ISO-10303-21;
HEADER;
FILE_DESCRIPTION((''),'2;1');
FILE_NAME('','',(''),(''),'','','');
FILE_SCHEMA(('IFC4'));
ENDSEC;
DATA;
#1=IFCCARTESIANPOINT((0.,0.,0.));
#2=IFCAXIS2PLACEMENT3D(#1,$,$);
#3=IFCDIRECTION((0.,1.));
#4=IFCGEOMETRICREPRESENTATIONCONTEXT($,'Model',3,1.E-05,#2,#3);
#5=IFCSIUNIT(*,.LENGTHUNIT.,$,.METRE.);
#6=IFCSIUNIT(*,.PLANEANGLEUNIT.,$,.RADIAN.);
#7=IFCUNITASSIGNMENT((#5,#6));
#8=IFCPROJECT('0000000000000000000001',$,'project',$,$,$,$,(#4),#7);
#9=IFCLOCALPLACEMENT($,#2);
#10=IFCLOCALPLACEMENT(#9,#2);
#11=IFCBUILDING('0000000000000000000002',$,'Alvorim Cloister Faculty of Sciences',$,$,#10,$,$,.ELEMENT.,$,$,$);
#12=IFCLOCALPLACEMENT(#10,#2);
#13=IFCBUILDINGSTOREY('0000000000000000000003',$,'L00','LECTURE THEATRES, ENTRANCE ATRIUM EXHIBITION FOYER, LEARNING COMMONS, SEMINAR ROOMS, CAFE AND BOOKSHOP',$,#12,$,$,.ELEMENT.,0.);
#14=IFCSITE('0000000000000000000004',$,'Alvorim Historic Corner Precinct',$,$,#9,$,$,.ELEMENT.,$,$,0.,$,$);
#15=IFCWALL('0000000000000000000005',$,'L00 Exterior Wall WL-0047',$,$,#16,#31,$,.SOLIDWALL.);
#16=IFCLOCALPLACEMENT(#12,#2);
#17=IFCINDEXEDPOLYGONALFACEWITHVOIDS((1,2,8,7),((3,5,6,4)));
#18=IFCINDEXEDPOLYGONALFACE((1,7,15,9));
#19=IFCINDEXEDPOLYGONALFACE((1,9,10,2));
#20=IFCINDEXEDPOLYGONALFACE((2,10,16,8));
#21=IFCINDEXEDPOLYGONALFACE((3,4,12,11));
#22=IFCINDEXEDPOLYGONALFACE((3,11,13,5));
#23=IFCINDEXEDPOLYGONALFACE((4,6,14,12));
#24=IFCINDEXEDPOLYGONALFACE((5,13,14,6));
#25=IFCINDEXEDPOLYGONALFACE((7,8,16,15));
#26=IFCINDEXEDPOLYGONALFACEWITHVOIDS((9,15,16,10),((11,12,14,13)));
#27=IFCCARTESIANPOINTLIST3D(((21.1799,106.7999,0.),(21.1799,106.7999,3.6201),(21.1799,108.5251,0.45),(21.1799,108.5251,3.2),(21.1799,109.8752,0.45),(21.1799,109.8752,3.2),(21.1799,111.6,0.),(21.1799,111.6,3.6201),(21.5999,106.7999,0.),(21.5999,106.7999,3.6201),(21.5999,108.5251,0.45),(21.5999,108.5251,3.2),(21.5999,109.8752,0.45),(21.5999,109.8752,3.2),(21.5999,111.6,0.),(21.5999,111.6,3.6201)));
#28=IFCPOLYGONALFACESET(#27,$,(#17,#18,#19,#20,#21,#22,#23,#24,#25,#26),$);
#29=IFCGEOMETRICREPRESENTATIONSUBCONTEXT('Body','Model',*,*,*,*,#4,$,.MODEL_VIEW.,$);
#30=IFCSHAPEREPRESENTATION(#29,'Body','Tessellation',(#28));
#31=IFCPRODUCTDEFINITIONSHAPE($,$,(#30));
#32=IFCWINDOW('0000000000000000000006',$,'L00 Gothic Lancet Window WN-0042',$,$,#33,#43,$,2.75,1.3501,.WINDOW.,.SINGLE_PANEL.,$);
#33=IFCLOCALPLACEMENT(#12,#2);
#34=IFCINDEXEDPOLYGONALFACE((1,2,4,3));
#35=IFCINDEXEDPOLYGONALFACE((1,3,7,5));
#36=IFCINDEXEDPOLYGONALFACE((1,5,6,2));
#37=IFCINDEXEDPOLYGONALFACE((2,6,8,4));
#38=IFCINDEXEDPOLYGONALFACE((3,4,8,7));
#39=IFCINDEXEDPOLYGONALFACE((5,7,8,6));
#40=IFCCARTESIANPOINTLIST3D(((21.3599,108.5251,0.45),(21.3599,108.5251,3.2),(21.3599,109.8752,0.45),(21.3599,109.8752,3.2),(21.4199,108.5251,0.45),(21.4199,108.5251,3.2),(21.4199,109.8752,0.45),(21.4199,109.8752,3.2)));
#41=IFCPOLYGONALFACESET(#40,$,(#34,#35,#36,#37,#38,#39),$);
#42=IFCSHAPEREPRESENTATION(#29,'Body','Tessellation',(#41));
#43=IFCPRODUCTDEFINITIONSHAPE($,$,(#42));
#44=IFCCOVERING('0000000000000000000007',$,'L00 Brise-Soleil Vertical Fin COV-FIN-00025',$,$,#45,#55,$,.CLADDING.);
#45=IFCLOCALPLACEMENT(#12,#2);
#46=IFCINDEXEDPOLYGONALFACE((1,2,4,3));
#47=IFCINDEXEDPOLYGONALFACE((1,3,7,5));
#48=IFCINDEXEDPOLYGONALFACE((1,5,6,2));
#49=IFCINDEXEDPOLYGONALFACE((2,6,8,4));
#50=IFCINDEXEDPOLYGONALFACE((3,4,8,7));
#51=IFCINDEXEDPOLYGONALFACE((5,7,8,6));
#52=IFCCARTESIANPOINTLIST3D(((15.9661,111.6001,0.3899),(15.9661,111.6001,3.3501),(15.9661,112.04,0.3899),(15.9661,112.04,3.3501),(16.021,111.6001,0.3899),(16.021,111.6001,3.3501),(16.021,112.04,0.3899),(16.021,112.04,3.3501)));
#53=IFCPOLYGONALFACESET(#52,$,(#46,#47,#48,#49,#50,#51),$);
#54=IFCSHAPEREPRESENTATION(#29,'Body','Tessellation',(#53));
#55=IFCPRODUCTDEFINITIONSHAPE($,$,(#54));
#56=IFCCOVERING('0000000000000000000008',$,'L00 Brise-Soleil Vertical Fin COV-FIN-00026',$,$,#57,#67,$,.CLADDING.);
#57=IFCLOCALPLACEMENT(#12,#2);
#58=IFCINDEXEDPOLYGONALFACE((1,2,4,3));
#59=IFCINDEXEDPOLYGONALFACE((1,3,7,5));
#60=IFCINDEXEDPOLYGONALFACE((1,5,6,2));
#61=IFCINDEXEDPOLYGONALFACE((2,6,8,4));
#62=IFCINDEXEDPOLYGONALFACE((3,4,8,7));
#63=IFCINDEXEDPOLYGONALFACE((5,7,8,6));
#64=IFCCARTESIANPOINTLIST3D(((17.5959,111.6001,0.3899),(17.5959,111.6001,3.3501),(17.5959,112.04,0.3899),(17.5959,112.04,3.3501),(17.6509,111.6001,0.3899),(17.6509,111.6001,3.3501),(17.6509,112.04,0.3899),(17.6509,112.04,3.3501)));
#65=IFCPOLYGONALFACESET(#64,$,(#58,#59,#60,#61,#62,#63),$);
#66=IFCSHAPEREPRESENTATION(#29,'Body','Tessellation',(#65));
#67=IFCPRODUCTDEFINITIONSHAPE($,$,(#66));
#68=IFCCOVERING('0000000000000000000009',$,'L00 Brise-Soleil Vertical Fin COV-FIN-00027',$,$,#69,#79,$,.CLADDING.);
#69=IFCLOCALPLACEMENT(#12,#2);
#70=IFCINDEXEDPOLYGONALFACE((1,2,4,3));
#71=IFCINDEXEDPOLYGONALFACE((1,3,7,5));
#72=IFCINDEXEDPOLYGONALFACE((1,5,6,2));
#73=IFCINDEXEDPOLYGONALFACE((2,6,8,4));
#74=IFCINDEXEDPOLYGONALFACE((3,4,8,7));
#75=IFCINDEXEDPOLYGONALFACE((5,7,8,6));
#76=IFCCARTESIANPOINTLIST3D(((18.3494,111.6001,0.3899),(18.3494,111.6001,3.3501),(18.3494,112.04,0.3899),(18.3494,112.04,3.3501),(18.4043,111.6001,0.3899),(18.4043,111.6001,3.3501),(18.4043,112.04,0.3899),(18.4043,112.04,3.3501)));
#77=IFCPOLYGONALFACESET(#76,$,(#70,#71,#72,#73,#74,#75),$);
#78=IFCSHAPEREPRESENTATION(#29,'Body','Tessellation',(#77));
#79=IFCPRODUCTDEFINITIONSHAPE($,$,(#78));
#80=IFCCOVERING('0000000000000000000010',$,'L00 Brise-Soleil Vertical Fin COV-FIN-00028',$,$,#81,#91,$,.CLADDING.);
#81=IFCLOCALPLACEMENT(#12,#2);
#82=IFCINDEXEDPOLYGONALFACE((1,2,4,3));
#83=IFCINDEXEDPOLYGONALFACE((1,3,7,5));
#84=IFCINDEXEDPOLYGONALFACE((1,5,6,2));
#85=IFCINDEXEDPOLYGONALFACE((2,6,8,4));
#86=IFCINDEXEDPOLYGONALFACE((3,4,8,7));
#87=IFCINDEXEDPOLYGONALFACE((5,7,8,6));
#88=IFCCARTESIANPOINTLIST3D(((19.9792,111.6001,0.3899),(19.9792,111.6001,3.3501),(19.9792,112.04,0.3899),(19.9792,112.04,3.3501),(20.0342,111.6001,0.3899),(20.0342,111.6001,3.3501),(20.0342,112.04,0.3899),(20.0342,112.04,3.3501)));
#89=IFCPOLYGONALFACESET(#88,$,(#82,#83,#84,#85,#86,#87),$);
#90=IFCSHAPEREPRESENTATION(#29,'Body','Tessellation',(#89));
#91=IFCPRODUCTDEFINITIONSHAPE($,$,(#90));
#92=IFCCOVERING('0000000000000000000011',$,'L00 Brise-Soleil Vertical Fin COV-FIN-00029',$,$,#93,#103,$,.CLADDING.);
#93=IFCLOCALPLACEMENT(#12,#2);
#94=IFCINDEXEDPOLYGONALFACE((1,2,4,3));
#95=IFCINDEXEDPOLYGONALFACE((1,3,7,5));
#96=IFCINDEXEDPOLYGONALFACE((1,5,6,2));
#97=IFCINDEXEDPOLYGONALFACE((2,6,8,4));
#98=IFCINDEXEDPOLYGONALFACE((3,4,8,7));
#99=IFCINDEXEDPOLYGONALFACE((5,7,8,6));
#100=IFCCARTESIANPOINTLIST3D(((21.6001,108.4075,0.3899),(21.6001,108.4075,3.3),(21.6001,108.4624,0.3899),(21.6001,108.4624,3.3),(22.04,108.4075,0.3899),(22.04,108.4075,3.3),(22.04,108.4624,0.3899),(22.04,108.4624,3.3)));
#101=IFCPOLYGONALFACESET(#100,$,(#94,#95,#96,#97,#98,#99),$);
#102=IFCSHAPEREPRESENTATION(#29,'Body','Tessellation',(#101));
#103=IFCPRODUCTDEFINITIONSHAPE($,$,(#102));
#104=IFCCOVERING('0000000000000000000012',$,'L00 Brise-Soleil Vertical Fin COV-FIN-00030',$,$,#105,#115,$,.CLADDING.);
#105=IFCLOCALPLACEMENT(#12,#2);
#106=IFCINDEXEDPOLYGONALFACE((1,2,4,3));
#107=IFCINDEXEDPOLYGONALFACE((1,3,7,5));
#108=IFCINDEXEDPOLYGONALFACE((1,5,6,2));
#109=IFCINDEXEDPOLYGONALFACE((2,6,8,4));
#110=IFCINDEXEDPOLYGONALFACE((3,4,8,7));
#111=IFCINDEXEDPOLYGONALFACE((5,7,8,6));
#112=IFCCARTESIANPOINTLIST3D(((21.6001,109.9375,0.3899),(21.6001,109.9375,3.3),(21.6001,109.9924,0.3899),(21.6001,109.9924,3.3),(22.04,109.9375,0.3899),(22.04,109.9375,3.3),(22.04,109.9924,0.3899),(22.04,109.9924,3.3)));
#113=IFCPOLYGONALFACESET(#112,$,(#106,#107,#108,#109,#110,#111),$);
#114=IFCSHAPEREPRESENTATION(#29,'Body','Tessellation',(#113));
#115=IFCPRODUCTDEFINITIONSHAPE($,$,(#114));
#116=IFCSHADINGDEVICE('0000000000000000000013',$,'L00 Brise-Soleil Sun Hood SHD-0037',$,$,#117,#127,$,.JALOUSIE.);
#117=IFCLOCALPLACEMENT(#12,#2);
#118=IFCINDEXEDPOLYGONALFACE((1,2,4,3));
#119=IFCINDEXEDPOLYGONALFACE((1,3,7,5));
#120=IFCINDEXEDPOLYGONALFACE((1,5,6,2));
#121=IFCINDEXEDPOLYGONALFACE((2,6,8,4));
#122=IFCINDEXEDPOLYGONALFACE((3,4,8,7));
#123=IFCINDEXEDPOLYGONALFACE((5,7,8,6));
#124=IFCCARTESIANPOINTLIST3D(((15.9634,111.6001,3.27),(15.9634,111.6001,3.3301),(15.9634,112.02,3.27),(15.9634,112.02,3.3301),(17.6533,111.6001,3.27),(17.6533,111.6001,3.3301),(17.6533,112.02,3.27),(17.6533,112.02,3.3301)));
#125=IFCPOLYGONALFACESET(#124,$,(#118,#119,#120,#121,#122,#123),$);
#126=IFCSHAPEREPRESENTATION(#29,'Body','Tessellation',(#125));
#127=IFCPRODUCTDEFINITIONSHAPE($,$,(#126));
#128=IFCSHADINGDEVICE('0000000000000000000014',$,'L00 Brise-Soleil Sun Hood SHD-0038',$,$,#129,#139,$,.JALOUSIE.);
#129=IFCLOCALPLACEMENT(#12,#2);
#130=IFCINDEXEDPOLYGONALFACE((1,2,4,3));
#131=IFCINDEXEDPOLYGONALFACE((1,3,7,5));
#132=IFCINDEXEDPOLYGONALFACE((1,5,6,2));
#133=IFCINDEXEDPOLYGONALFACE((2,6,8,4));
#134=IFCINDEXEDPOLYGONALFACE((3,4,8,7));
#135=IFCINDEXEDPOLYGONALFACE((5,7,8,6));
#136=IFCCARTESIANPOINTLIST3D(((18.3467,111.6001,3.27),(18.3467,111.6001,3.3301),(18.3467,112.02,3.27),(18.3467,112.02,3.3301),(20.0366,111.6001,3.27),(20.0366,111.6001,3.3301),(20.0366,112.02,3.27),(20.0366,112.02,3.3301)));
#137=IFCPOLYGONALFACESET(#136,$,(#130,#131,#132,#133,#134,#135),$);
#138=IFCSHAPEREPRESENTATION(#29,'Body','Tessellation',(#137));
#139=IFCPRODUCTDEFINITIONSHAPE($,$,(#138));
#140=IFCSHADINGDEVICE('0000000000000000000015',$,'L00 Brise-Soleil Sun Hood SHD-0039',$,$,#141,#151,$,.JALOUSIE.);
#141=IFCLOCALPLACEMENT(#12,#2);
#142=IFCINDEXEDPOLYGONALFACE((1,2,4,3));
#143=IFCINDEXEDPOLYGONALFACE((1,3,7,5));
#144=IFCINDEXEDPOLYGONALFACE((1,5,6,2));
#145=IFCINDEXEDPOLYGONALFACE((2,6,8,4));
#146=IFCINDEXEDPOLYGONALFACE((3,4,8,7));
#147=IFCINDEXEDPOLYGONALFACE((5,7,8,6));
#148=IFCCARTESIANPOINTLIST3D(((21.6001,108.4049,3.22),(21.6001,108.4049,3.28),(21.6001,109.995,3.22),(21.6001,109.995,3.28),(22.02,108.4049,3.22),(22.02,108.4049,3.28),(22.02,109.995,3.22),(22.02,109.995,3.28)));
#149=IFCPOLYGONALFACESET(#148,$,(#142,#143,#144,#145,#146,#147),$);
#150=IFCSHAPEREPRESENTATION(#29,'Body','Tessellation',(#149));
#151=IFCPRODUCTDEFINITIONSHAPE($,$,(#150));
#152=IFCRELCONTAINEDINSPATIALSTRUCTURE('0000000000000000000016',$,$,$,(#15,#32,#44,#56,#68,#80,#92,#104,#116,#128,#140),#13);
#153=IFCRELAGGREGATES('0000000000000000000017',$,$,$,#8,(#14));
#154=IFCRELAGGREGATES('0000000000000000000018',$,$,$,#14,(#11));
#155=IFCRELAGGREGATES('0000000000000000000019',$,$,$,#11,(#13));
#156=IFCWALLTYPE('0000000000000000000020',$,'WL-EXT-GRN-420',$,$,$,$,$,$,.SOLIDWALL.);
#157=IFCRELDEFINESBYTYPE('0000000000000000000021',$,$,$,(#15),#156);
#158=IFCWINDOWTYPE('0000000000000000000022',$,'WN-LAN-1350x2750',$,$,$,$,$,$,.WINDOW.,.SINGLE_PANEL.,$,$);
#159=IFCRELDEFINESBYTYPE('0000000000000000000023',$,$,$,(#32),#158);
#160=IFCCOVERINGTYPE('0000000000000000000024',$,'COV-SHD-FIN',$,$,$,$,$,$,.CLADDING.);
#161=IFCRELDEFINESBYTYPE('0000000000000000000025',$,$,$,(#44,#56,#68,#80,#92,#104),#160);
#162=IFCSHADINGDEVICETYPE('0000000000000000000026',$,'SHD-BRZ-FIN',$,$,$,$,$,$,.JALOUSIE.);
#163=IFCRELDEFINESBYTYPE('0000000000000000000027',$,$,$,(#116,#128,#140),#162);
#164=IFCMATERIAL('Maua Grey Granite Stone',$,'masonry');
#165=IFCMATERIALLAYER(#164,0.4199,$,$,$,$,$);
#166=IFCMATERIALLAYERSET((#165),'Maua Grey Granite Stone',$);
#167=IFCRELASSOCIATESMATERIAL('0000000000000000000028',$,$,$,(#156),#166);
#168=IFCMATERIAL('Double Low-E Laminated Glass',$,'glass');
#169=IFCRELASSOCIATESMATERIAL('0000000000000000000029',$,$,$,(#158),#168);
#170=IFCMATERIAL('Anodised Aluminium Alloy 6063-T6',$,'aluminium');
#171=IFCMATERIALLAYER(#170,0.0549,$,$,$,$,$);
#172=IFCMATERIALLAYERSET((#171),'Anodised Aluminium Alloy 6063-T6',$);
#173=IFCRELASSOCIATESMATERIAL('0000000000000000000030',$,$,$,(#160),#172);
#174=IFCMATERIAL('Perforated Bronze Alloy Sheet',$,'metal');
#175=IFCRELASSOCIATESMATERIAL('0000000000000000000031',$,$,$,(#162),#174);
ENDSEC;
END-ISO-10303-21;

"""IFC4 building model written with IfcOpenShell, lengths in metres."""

from ifc_helpers import new_model, si_unit, direction, frame, frame_2d, origin, origin_2d, place, context, subcontext, project, spatial, polyline, rectangle, outline, extrude, material, layer, layer_set, type_object, element, fill, save


model = new_model("IFC4")

# Units and contexts
model_context = context("Model", 3, precision=1e-05, world=origin(), true_north=direction((0.0, 1.0)))
body_context = subcontext(model_context, "Body", "Model", "MODEL_VIEW")
ifc_project = project(units=[si_unit("LENGTHUNIT", "METRE"), si_unit("PLANEANGLEUNIT", "RADIAN")], contexts=[model_context])

# Site, building, storey
site_placement = place(None, origin())
site = spatial("IfcSite", under=ifc_project, at=site_placement, Name="Alvorim Historic Corner Precinct", CompositionType="ELEMENT", RefElevation=0.0)
building_placement = place(site_placement, origin())
building = spatial("IfcBuilding", under=site, at=building_placement, Name="Alvorim Cloister Faculty of Sciences", CompositionType="ELEMENT")
storey_placement = place(building_placement, origin())
storey = spatial("IfcBuildingStorey", under=building, at=storey_placement, Name="L00", Description="LECTURE THEATRES, ENTRANCE ATRIUM EXHIBITION FOYER, LEARNING COMMONS, SEMINAR ROOMS, CAFE AND BOOKSHOP", CompositionType="ELEMENT", Elevation=0.0)

# Shared definitions
ifc_material_1 = material(Name="Maua Grey Granite Stone", Category="masonry")
ifc_layer_1 = layer(ifc_material_1, 0.4199)
ifc_layer_set_1 = layer_set([ifc_layer_1], Name="Maua Grey Granite Stone")
wall_type = type_object("IfcWallType", Name="WL-EXT-GRN-420", PredefinedType="SOLIDWALL", material=ifc_layer_set_1)
ifc_material_2 = material(Name="Double Low-E Laminated Glass", Category="glass")

# Wall, opening, window
wall_1_placement = place(storey_placement, frame((21.3899, 106.8, 0.0), z_axis=(0.0, 0.0, 1.0), x_axis=(0.0, 1.0, 0.0)))
wall_1 = element("IfcWall", 1, at=wall_1_placement, inside=storey, type_object=wall_type, Name="L00 Exterior Wall WL-0047", PredefinedType="SOLIDWALL", context=body_context, shape_type="SweptSolid", body=[
    extrude(rectangle(XDim=4.8, YDim=0.4199, at=frame_2d((2.3999, 0.0))), origin(), (0.0, 0.0, 1.0), 3.6201),
])
opening_1_placement = place(wall_1_placement, frame((1.7251, 0.0, 0.45)))
opening_1 = element("IfcOpeningElement", 2, at=opening_1_placement, cuts=wall_1, PredefinedType="OPENING", context=body_context, shape_type="SweptSolid", body=[
    extrude(rectangle(XDim=1.3501, YDim=2.75, at=frame_2d((0.675, 1.375))), frame((0.0, 0.2219, 0.0), z_axis=(0.0, -1.0, 0.0), x_axis=(1.0, 0.0, 0.0)), (0.0, 0.0, 1.0), 0.4438),
])
window_type_1 = type_object("IfcWindowType", Name="WN-LAN-1350x2750", PartitioningType="SINGLE_PANEL", PredefinedType="WINDOW", material=ifc_material_2)
window_1_placement = place(opening_1_placement, origin())
window_1 = element("IfcWindow", 3, at=window_1_placement, inside=storey, type_object=window_type_1, Name="L00 Gothic Lancet Window WN-0042", OverallHeight=2.75, OverallWidth=1.3501, PartitioningType="SINGLE_PANEL", PredefinedType="WINDOW", context=body_context, shape_type="SweptSolid", body=[
    extrude(rectangle(XDim=1.3501, YDim=2.75, at=frame_2d((0.675, 1.375))), frame((0.0, 0.03, 0.0), z_axis=(0.0, -1.0, 0.0), x_axis=(1.0, 0.0, 0.0)), (0.0, 0.0, 1.0), 0.0601),
])
fill(opening_1, window_1)

# Coverings
ifc_material_3 = material(Name="Anodised Aluminium Alloy 6063-T6", Category="aluminium")
ifc_layer_2 = layer(ifc_material_3, 0.0549)
ifc_layer_set_2 = layer_set([ifc_layer_2], Name="Anodised Aluminium Alloy 6063-T6")
covering_type = type_object("IfcCoveringType", Name="COV-SHD-FIN", PredefinedType="CLADDING", material=ifc_layer_set_2)
for number, where, z_axis, x_axis, name in (
    (4, (15.9934, 111.6001, 0.3899), (0.0, 0.0, 1.0), (0.0, 1.0, 0.0), "L00 Brise-Soleil Vertical Fin COV-FIN-00025"),
    (5, (17.6233, 111.6001, 0.3899), (0.0, 0.0, 1.0), (0.0, 1.0, 0.0), "L00 Brise-Soleil Vertical Fin COV-FIN-00026"),
    (6, (18.3767, 111.6001, 0.3899), (0.0, 0.0, 1.0), (0.0, 1.0, 0.0), "L00 Brise-Soleil Vertical Fin COV-FIN-00027"),
    (7, (20.0066, 111.6001, 0.3899), (0.0, 0.0, 1.0), (0.0, 1.0, 0.0), "L00 Brise-Soleil Vertical Fin COV-FIN-00028"),
):
    element("IfcCovering", number, at=place(storey_placement, frame(where, z_axis=z_axis, x_axis=x_axis)), inside=storey, type_object=covering_type, Name=name, PredefinedType="CLADDING", context=body_context, shape_type="SweptSolid", body=[
        extrude(outline(polyline([(0.0, 0.0), (0.4399, 0.0), (0.4399, 2.9602), (0.0, 2.9602), (0.0, 0.0)])), frame((0.0, 0.0273, 0.0), z_axis=(0.0, -1.0, 0.0), x_axis=(1.0, 0.0, 0.0)), (0.0, 0.0, 1.0), 0.0549),
    ])
for number, where, z_axis, x_axis, name in (
    (8, (21.6001, 108.4351, 0.3899), (0.0, 0.0, 1.0), (1.0, 0.0, 0.0), "L00 Brise-Soleil Vertical Fin COV-FIN-00029"),
    (9, (21.6001, 109.9651, 0.3899), (0.0, 0.0, 1.0), (1.0, 0.0, 0.0), "L00 Brise-Soleil Vertical Fin COV-FIN-00030"),
):
    element("IfcCovering", number, at=place(storey_placement, frame(where, z_axis=z_axis, x_axis=x_axis)), inside=storey, type_object=covering_type, Name=name, PredefinedType="CLADDING", context=body_context, shape_type="SweptSolid", body=[
        extrude(outline(polyline([(0.0, 0.0), (0.4399, 0.0), (0.4399, 2.9102), (0.0, 2.9102), (0.0, 0.0)])), frame((0.0, 0.0273, 0.0), z_axis=(0.0, -1.0, 0.0), x_axis=(1.0, 0.0, 0.0)), (0.0, 0.0, 1.0), 0.0549),
    ])

# Shading devices
ifc_material_4 = material(Name="Perforated Bronze Alloy Sheet", Category="metal")
shading_device_type = type_object("IfcShadingDeviceType", Name="SHD-BRZ-FIN", PredefinedType="JALOUSIE", material=ifc_material_4)
for number, where, z_axis, x_axis, name in (
    (10, (16.8083, 111.8101, 3.27), (0.0, 0.0, 1.0), (1.0, 0.0, 0.0), "L00 Brise-Soleil Sun Hood SHD-0037"),
    (11, (19.1917, 111.8101, 3.27), (0.0, 0.0, 1.0), (1.0, 0.0, 0.0), "L00 Brise-Soleil Sun Hood SHD-0038"),
):
    element("IfcShadingDevice", number, at=place(storey_placement, frame(where, z_axis=z_axis, x_axis=x_axis)), inside=storey, type_object=shading_device_type, Name=name, PredefinedType="JALOUSIE", context=body_context, shape_type="SweptSolid", body=[
        extrude(rectangle(XDim=1.6899, YDim=0.4199, at=origin_2d()), origin(), (0.0, 0.0, 1.0), 0.0601),
    ])
shading_device_placement = place(storey_placement, frame((21.8101, 109.2, 3.22), z_axis=(0.0, 0.0, 1.0), x_axis=(1.0, 0.0, 0.0)))
element("IfcShadingDevice", 12, at=shading_device_placement, inside=storey, type_object=shading_device_type, Name="L00 Brise-Soleil Sun Hood SHD-0039", PredefinedType="JALOUSIE", context=body_context, shape_type="SweptSolid", body=[
    extrude(rectangle(XDim=0.4199, YDim=1.5901, at=origin_2d()), origin(), (0.0, 0.0, 1.0), 0.0601),
])

save(model, "model.ifc")
